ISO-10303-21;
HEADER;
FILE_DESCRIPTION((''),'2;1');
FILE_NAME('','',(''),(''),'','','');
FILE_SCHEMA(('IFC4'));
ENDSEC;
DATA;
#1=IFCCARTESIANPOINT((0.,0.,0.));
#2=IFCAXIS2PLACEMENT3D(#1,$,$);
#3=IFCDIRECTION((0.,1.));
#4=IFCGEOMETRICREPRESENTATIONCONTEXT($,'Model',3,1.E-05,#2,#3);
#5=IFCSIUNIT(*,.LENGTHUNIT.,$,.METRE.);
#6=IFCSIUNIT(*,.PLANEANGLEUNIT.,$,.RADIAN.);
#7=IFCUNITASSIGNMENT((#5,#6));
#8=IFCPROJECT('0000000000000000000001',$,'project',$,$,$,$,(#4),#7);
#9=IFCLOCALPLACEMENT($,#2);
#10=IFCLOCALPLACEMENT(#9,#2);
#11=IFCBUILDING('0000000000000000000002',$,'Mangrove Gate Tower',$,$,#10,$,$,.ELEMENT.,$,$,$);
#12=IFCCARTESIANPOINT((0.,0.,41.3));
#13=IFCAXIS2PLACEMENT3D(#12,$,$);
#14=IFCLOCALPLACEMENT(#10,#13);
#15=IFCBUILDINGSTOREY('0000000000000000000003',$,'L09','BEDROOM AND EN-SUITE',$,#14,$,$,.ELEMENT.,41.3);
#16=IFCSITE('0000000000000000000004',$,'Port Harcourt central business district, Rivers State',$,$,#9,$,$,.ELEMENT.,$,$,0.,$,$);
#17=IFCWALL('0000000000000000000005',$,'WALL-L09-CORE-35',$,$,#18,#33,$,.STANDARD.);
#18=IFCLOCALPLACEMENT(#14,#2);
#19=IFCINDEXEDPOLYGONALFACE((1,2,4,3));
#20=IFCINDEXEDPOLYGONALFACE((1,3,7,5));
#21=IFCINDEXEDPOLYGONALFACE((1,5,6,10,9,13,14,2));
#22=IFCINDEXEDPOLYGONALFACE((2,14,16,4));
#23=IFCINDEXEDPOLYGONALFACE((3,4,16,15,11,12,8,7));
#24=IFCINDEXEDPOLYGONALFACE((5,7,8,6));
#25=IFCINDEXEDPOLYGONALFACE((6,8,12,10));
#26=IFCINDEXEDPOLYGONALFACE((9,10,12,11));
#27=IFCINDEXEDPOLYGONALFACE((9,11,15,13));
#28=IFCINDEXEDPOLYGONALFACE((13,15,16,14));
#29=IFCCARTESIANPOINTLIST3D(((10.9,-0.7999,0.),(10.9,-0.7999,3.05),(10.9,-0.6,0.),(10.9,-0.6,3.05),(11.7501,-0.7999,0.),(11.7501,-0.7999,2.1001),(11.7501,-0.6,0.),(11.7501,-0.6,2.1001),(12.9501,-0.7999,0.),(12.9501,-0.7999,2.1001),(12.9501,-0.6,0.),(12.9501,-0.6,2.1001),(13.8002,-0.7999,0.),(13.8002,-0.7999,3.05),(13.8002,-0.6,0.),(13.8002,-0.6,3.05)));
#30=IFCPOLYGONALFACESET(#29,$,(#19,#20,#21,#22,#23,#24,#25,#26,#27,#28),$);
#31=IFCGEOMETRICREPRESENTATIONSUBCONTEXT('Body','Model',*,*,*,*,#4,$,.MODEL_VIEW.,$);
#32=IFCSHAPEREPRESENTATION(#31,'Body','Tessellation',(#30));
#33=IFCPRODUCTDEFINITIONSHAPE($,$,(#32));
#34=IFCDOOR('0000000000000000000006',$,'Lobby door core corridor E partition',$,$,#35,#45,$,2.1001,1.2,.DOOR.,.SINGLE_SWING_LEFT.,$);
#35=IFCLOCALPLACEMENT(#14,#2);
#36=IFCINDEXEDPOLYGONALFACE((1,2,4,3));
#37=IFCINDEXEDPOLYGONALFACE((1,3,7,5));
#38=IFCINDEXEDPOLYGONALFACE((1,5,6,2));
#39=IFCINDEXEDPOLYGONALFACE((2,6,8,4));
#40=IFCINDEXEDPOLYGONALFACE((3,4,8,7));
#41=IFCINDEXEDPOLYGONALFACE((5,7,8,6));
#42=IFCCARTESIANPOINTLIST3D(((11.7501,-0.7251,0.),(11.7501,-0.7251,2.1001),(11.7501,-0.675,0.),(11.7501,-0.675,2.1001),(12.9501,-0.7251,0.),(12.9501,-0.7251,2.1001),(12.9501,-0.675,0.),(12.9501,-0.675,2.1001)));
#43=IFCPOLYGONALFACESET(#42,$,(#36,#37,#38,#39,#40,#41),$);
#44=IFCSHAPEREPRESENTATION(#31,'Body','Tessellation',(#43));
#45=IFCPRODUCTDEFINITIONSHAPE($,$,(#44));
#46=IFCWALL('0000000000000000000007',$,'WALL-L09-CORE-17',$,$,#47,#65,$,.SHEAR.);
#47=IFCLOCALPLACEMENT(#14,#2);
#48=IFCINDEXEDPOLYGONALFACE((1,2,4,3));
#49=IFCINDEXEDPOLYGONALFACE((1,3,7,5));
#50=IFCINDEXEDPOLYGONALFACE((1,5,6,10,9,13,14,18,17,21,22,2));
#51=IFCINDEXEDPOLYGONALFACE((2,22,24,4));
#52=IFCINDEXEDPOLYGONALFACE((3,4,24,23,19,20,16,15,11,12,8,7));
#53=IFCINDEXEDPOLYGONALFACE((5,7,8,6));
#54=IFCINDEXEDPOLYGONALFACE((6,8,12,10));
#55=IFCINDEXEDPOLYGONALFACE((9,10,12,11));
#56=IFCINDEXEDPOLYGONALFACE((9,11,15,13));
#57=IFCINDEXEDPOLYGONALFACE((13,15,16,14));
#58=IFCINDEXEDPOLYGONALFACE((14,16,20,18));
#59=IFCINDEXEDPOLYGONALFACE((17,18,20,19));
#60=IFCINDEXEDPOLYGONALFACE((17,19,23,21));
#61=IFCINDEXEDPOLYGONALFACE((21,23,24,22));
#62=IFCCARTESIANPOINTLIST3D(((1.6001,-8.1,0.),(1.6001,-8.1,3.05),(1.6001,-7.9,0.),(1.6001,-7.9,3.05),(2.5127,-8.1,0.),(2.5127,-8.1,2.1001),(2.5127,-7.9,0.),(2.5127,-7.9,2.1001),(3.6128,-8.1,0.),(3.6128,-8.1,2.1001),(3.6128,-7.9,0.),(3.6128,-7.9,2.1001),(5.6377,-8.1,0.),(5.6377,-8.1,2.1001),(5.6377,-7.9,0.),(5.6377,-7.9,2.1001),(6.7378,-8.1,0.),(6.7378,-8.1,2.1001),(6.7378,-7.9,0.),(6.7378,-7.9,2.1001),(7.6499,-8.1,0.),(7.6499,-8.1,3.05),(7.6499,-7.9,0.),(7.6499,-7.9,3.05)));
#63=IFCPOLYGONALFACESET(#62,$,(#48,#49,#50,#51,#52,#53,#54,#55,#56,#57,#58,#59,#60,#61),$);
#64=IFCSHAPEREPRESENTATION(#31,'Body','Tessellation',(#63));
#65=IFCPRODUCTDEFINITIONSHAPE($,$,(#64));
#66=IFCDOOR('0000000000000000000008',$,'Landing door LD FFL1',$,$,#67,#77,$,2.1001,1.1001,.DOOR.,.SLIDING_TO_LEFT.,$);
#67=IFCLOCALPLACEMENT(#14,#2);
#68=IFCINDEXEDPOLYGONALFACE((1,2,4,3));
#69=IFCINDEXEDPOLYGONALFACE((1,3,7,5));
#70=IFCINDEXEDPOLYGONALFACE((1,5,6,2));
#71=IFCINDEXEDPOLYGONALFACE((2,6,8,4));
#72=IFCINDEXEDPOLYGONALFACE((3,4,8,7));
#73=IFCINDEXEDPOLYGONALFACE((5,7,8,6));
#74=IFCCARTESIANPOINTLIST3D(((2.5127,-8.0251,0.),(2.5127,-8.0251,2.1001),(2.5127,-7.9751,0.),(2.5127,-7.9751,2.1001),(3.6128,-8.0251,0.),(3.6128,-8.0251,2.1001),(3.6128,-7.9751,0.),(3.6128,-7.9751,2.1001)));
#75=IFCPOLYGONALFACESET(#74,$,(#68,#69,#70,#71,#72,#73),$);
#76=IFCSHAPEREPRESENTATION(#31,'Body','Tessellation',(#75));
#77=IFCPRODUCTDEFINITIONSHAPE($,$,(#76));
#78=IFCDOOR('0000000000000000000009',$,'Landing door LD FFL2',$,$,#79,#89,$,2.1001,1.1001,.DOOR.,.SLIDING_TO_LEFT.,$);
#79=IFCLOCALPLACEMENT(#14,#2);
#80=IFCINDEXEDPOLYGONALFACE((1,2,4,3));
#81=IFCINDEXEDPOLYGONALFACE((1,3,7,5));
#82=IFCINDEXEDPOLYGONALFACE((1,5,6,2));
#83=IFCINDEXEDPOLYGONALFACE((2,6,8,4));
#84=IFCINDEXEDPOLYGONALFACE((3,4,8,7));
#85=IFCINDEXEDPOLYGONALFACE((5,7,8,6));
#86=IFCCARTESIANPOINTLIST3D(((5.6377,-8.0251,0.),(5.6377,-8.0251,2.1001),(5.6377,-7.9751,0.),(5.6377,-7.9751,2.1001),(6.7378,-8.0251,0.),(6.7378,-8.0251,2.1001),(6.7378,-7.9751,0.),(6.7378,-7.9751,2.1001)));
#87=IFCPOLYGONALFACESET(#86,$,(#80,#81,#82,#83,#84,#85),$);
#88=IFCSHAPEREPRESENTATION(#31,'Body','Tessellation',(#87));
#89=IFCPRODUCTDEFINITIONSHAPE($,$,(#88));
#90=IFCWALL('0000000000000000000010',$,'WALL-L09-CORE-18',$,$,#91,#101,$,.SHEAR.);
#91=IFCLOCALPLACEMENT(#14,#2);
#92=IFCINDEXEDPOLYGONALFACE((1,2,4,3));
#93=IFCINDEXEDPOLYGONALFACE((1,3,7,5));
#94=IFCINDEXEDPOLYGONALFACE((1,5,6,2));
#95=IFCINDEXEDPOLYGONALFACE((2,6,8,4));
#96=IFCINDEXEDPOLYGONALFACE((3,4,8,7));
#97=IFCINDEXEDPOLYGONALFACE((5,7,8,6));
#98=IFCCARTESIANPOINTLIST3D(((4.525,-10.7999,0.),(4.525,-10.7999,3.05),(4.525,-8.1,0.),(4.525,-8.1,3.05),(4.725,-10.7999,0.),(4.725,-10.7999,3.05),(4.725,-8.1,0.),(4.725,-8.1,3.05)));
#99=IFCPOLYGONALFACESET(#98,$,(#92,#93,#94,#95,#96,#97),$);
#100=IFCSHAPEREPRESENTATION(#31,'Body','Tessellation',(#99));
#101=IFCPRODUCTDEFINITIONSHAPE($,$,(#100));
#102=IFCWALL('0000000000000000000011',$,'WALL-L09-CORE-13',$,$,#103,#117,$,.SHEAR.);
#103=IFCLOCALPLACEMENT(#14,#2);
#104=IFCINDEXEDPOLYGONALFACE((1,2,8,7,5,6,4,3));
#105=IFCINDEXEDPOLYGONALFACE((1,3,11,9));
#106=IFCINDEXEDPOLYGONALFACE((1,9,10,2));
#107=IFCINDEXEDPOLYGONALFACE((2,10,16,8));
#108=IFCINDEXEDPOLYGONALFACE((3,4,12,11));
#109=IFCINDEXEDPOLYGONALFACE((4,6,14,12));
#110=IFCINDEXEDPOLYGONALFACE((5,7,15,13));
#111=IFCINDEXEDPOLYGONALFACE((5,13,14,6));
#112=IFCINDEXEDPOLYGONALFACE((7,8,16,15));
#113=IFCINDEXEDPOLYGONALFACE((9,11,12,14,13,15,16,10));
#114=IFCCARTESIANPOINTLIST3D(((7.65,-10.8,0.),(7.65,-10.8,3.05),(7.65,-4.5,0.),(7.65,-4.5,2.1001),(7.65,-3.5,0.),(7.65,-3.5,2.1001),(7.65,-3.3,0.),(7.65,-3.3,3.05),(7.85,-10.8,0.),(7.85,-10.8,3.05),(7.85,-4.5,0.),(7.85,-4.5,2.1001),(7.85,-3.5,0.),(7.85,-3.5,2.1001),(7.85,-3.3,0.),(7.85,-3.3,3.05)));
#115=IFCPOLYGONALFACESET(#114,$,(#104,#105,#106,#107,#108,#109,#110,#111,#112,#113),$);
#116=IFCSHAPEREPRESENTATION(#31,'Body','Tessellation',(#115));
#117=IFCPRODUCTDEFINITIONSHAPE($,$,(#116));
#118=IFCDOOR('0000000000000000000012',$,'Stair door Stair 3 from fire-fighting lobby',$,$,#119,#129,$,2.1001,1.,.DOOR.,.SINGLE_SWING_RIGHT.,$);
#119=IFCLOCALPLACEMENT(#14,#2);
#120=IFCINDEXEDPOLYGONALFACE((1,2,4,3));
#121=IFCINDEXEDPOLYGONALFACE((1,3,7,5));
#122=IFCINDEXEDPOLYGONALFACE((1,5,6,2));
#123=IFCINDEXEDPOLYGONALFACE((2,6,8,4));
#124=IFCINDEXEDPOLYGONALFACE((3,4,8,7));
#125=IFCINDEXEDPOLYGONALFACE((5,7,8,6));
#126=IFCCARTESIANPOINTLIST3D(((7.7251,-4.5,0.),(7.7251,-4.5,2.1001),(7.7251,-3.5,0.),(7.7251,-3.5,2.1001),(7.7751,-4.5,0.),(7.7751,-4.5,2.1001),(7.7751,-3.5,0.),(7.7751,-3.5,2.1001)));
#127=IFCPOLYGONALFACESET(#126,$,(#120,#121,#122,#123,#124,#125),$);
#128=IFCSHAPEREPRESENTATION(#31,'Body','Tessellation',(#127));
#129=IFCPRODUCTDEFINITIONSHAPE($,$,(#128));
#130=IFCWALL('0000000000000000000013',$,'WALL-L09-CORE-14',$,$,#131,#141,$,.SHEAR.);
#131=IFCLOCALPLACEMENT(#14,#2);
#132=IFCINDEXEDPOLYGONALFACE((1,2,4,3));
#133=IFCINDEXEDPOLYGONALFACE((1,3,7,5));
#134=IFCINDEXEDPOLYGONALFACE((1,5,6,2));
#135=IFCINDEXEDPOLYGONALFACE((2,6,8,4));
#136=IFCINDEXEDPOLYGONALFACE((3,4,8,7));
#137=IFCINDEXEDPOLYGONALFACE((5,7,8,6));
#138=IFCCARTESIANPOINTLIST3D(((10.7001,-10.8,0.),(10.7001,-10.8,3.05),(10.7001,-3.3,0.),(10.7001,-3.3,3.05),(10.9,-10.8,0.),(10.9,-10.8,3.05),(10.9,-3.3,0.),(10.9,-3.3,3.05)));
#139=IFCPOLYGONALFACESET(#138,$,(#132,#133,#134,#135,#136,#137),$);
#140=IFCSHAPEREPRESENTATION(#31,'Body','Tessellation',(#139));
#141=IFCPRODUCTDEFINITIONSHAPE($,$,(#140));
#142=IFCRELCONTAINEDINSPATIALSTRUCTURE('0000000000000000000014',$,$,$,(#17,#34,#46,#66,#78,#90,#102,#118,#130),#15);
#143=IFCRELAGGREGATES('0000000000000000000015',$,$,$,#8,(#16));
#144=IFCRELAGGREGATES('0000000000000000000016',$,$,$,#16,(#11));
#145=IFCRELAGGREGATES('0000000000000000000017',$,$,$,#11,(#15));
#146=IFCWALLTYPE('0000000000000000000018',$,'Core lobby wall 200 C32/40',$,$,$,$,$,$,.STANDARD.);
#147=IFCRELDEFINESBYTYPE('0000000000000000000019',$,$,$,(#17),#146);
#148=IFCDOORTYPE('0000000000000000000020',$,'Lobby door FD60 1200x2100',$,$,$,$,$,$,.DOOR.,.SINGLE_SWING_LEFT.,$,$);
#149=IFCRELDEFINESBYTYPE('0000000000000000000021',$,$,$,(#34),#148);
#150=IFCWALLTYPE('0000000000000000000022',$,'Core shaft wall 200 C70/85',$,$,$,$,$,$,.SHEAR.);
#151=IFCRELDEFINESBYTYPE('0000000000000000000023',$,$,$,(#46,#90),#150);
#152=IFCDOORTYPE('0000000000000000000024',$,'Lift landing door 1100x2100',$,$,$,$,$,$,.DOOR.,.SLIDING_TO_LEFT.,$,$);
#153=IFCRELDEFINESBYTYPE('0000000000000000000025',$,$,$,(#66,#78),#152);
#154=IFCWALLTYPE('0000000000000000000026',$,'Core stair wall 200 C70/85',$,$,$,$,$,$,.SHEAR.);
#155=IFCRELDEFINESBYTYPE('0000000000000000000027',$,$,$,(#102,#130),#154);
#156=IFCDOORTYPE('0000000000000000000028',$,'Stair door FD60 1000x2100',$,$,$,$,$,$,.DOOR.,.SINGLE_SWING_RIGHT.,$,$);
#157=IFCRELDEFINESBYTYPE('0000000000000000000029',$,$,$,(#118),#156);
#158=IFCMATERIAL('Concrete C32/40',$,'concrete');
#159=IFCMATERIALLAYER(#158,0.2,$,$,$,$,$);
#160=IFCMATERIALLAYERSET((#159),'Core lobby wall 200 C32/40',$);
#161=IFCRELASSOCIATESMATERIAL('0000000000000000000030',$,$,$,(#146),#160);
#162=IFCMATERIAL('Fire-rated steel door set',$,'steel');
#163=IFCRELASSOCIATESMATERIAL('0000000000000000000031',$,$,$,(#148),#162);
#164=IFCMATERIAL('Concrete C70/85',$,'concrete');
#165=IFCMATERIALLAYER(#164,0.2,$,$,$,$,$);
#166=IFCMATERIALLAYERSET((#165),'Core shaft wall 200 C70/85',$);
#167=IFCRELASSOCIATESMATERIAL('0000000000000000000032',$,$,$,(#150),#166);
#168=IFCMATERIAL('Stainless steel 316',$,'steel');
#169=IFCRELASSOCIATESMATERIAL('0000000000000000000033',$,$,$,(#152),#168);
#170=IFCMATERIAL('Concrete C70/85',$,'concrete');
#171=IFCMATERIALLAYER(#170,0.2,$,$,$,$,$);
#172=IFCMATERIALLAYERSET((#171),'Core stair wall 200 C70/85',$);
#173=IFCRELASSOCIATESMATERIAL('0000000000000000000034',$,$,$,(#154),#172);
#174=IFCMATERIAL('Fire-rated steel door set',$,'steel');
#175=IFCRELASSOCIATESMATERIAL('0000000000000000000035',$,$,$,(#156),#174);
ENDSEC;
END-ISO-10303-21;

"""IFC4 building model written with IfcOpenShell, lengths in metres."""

from ifc_helpers import new_model, si_unit, direction, frame, frame_2d, origin, place, context, subcontext, project, spatial, rectangle, extrude, material, layer, layer_set, type_object, element, fill, save


model = new_model("IFC4")

# Units and contexts
model_context = context("Model", 3, precision=1e-05, world=origin(), true_north=direction((0.0, 1.0)))
body_context = subcontext(model_context, "Body", "Model", "MODEL_VIEW")
ifc_project = project(units=[si_unit("LENGTHUNIT", "METRE"), si_unit("PLANEANGLEUNIT", "RADIAN")], contexts=[model_context])

# Site, building, storey
site_placement = place(None, origin())
site = spatial("IfcSite", under=ifc_project, at=site_placement, Name="Port Harcourt central business district, Rivers State", CompositionType="ELEMENT", RefElevation=0.0)
building_placement = place(site_placement, origin())
building = spatial("IfcBuilding", under=site, at=building_placement, Name="Mangrove Gate Tower", CompositionType="ELEMENT")
storey_placement = place(building_placement, frame((0.0, 0.0, 41.3)))
storey = spatial("IfcBuildingStorey", under=building, at=storey_placement, Name="L09", Description="BEDROOM AND EN-SUITE", CompositionType="ELEMENT", Elevation=41.3)

# Wall, opening, door
ifc_material_1 = material(Name="Concrete C32/40", Category="concrete")
ifc_layer_1 = layer(ifc_material_1, 0.2)
ifc_layer_set_1 = layer_set([ifc_layer_1], Name="Core lobby wall 200 C32/40")
wall_type_1 = type_object("IfcWallType", Name="Core lobby wall 200 C32/40", PredefinedType="STANDARD", material=ifc_layer_set_1)
wall_1_placement = place(storey_placement, frame((10.8999, -0.7, 0.0), z_axis=(0.0, 0.0, 1.0), x_axis=(1.0, 0.0, 0.0)))
wall_1 = element("IfcWall", 1, at=wall_1_placement, inside=storey, type_object=wall_type_1, Name="WALL-L09-CORE-35", PredefinedType="STANDARD", context=body_context, shape_type="SweptSolid", body=[
    extrude(rectangle(XDim=2.9001, YDim=0.2, at=frame_2d((1.4502, 0.0))), origin(), (0.0, 0.0, 1.0), 3.05),
])
opening_1_placement = place(wall_1_placement, frame((0.8501, 0.0, 0.0)))
opening_1 = element("IfcOpeningElement", 2, at=opening_1_placement, cuts=wall_1, PredefinedType="OPENING", context=body_context, shape_type="SweptSolid", body=[
    extrude(rectangle(XDim=1.2, YDim=2.1001, at=frame_2d((0.6001, 1.05))), frame((0.0, 0.1099, 0.0), z_axis=(0.0, -1.0, 0.0), x_axis=(1.0, 0.0, 0.0)), (0.0, 0.0, 1.0), 0.22),
])
ifc_material_2 = material(Name="Fire-rated steel door set", Category="steel")
door_type_1 = type_object("IfcDoorType", Name="Lobby door FD60 1200x2100", OperationType="SINGLE_SWING_LEFT", PredefinedType="DOOR", material=ifc_material_2)
door_1_placement = place(opening_1_placement, origin())
door_1 = element("IfcDoor", 3, at=door_1_placement, inside=storey, type_object=door_type_1, Name="Lobby door core corridor E partition", OperationType="SINGLE_SWING_LEFT", OverallHeight=2.1001, OverallWidth=1.2, PredefinedType="DOOR", context=body_context, shape_type="SweptSolid", body=[
    extrude(rectangle(XDim=1.2, YDim=2.1001, at=frame_2d((0.6001, 1.05))), frame((0.0, 0.0249, 0.0), z_axis=(0.0, -1.0, 0.0), x_axis=(1.0, 0.0, 0.0)), (0.0, 0.0, 1.0), 0.05),
])
fill(opening_1, door_1)

# Wall, openings, doors
ifc_material_3 = material(Name="Concrete C70/85", Category="concrete")
ifc_layer_2 = layer(ifc_material_3, 0.2)
ifc_layer_set_2 = layer_set([ifc_layer_2], Name="Core shaft wall 200 C70/85")
wall_type_2 = type_object("IfcWallType", Name="Core shaft wall 200 C70/85", PredefinedType="SHEAR", material=ifc_layer_set_2)
wall_2_placement = place(storey_placement, frame((1.6001, -8.0, 0.0), z_axis=(0.0, 0.0, 1.0), x_axis=(1.0, 0.0, 0.0)))
wall_2 = element("IfcWall", 4, at=wall_2_placement, inside=storey, type_object=wall_type_2, Name="WALL-L09-CORE-17", PredefinedType="SHEAR", context=body_context, shape_type="SweptSolid", body=[
    extrude(rectangle(XDim=6.0498, YDim=0.2, at=frame_2d((3.0249, 0.0))), origin(), (0.0, 0.0, 1.0), 3.05),
])
opening_2_placement = place(wall_2_placement, frame((0.9126, 0.0, 0.0)))
opening_2 = element("IfcOpeningElement", 5, at=opening_2_placement, cuts=wall_2, PredefinedType="OPENING", context=body_context, shape_type="SweptSolid", body=[
    extrude(rectangle(XDim=1.1001, YDim=2.1001, at=frame_2d((0.55, 1.05))), frame((0.0, 0.1099, 0.0), z_axis=(0.0, -1.0, 0.0), x_axis=(1.0, 0.0, 0.0)), (0.0, 0.0, 1.0), 0.22),
])
opening_3_placement = place(wall_2_placement, frame((4.0376, 0.0, 0.0)))
opening_3 = element("IfcOpeningElement", 6, at=opening_3_placement, cuts=wall_2, PredefinedType="OPENING", context=body_context, shape_type="SweptSolid", body=[
    extrude(rectangle(XDim=1.1001, YDim=2.1001, at=frame_2d((0.55, 1.05))), frame((0.0, 0.1099, 0.0), z_axis=(0.0, -1.0, 0.0), x_axis=(1.0, 0.0, 0.0)), (0.0, 0.0, 1.0), 0.22),
])
ifc_material_4 = material(Name="Stainless steel 316", Category="steel")
door_type_2 = type_object("IfcDoorType", Name="Lift landing door 1100x2100", OperationType="SLIDING_TO_LEFT", PredefinedType="DOOR", material=ifc_material_4)
door_2_placement = place(opening_2_placement, origin())
door_2 = element("IfcDoor", 7, at=door_2_placement, inside=storey, type_object=door_type_2, Name="Landing door LD FFL1", OperationType="SLIDING_TO_LEFT", OverallHeight=2.1001, OverallWidth=1.1001, PredefinedType="DOOR", context=body_context, shape_type="SweptSolid", body=[
    extrude(rectangle(XDim=1.1001, YDim=2.1001, at=frame_2d((0.55, 1.05))), frame((0.0, 0.0249, 0.0), z_axis=(0.0, -1.0, 0.0), x_axis=(1.0, 0.0, 0.0)), (0.0, 0.0, 1.0), 0.05),
])
fill(opening_2, door_2)
door_3_placement = place(opening_3_placement, origin())
door_3 = element("IfcDoor", 8, at=door_3_placement, inside=storey, type_object=door_type_2, Name="Landing door LD FFL2", OperationType="SLIDING_TO_LEFT", OverallHeight=2.1001, OverallWidth=1.1001, PredefinedType="DOOR", context=body_context, shape_type="SweptSolid", body=[
    extrude(rectangle(XDim=1.1001, YDim=2.1001, at=frame_2d((0.55, 1.05))), frame((0.0, 0.0249, 0.0), z_axis=(0.0, -1.0, 0.0), x_axis=(1.0, 0.0, 0.0)), (0.0, 0.0, 1.0), 0.05),
])
fill(opening_3, door_3)

# Wall
wall_3_placement = place(storey_placement, frame((4.625, -10.8, 0.0), z_axis=(0.0, 0.0, 1.0), x_axis=(0.0, 1.0, 0.0)))
element("IfcWall", 9, at=wall_3_placement, inside=storey, type_object=wall_type_2, Name="WALL-L09-CORE-18", PredefinedType="SHEAR", context=body_context, shape_type="SweptSolid", body=[
    extrude(rectangle(XDim=2.7, YDim=0.2, at=frame_2d((1.3501, 0.0))), origin(), (0.0, 0.0, 1.0), 3.05),
])

# Wall, opening, door
ifc_material_5 = material(Name="Concrete C70/85", Category="concrete")
ifc_layer_3 = layer(ifc_material_5, 0.2)
ifc_layer_set_3 = layer_set([ifc_layer_3], Name="Core stair wall 200 C70/85")
wall_type_3 = type_object("IfcWallType", Name="Core stair wall 200 C70/85", PredefinedType="SHEAR", material=ifc_layer_set_3)
wall_4_placement = place(storey_placement, frame((7.75, -10.8, 0.0), z_axis=(0.0, 0.0, 1.0), x_axis=(0.0, 1.0, 0.0)))
wall_4 = element("IfcWall", 10, at=wall_4_placement, inside=storey, type_object=wall_type_3, Name="WALL-L09-CORE-13", PredefinedType="SHEAR", context=body_context, shape_type="SweptSolid", body=[
    extrude(rectangle(XDim=7.5, YDim=0.2, at=frame_2d((3.75, 0.0))), origin(), (0.0, 0.0, 1.0), 3.05),
])
opening_4_placement = place(wall_4_placement, frame((6.3, 0.0, 0.0)))
opening_4 = element("IfcOpeningElement", 11, at=opening_4_placement, cuts=wall_4, PredefinedType="OPENING", context=body_context, shape_type="SweptSolid", body=[
    extrude(rectangle(XDim=1.0, YDim=2.1001, at=frame_2d((0.5, 1.05))), frame((0.0, 0.1099, 0.0), z_axis=(0.0, -1.0, 0.0), x_axis=(1.0, 0.0, 0.0)), (0.0, 0.0, 1.0), 0.22),
])
ifc_material_6 = material(Name="Fire-rated steel door set", Category="steel")
door_type_3 = type_object("IfcDoorType", Name="Stair door FD60 1000x2100", OperationType="SINGLE_SWING_RIGHT", PredefinedType="DOOR", material=ifc_material_6)
door_4_placement = place(opening_4_placement, origin())
door_4 = element("IfcDoor", 12, at=door_4_placement, inside=storey, type_object=door_type_3, Name="Stair door Stair 3 from fire-fighting lobby", OperationType="SINGLE_SWING_RIGHT", OverallHeight=2.1001, OverallWidth=1.0, PredefinedType="DOOR", context=body_context, shape_type="SweptSolid", body=[
    extrude(rectangle(XDim=1.0, YDim=2.1001, at=frame_2d((0.5, 1.05))), frame((0.0, 0.0249, 0.0), z_axis=(0.0, -1.0, 0.0), x_axis=(1.0, 0.0, 0.0)), (0.0, 0.0, 1.0), 0.05),
])
fill(opening_4, door_4)

# Wall
wall_5_placement = place(storey_placement, frame((10.8, -10.8, 0.0), z_axis=(0.0, 0.0, 1.0), x_axis=(0.0, 1.0, 0.0)))
element("IfcWall", 13, at=wall_5_placement, inside=storey, type_object=wall_type_3, Name="WALL-L09-CORE-14", PredefinedType="SHEAR", context=body_context, shape_type="SweptSolid", body=[
    extrude(rectangle(XDim=7.5, YDim=0.2, at=frame_2d((3.75, 0.0))), origin(), (0.0, 0.0, 1.0), 3.05),
])

save(model, "model.ifc")
